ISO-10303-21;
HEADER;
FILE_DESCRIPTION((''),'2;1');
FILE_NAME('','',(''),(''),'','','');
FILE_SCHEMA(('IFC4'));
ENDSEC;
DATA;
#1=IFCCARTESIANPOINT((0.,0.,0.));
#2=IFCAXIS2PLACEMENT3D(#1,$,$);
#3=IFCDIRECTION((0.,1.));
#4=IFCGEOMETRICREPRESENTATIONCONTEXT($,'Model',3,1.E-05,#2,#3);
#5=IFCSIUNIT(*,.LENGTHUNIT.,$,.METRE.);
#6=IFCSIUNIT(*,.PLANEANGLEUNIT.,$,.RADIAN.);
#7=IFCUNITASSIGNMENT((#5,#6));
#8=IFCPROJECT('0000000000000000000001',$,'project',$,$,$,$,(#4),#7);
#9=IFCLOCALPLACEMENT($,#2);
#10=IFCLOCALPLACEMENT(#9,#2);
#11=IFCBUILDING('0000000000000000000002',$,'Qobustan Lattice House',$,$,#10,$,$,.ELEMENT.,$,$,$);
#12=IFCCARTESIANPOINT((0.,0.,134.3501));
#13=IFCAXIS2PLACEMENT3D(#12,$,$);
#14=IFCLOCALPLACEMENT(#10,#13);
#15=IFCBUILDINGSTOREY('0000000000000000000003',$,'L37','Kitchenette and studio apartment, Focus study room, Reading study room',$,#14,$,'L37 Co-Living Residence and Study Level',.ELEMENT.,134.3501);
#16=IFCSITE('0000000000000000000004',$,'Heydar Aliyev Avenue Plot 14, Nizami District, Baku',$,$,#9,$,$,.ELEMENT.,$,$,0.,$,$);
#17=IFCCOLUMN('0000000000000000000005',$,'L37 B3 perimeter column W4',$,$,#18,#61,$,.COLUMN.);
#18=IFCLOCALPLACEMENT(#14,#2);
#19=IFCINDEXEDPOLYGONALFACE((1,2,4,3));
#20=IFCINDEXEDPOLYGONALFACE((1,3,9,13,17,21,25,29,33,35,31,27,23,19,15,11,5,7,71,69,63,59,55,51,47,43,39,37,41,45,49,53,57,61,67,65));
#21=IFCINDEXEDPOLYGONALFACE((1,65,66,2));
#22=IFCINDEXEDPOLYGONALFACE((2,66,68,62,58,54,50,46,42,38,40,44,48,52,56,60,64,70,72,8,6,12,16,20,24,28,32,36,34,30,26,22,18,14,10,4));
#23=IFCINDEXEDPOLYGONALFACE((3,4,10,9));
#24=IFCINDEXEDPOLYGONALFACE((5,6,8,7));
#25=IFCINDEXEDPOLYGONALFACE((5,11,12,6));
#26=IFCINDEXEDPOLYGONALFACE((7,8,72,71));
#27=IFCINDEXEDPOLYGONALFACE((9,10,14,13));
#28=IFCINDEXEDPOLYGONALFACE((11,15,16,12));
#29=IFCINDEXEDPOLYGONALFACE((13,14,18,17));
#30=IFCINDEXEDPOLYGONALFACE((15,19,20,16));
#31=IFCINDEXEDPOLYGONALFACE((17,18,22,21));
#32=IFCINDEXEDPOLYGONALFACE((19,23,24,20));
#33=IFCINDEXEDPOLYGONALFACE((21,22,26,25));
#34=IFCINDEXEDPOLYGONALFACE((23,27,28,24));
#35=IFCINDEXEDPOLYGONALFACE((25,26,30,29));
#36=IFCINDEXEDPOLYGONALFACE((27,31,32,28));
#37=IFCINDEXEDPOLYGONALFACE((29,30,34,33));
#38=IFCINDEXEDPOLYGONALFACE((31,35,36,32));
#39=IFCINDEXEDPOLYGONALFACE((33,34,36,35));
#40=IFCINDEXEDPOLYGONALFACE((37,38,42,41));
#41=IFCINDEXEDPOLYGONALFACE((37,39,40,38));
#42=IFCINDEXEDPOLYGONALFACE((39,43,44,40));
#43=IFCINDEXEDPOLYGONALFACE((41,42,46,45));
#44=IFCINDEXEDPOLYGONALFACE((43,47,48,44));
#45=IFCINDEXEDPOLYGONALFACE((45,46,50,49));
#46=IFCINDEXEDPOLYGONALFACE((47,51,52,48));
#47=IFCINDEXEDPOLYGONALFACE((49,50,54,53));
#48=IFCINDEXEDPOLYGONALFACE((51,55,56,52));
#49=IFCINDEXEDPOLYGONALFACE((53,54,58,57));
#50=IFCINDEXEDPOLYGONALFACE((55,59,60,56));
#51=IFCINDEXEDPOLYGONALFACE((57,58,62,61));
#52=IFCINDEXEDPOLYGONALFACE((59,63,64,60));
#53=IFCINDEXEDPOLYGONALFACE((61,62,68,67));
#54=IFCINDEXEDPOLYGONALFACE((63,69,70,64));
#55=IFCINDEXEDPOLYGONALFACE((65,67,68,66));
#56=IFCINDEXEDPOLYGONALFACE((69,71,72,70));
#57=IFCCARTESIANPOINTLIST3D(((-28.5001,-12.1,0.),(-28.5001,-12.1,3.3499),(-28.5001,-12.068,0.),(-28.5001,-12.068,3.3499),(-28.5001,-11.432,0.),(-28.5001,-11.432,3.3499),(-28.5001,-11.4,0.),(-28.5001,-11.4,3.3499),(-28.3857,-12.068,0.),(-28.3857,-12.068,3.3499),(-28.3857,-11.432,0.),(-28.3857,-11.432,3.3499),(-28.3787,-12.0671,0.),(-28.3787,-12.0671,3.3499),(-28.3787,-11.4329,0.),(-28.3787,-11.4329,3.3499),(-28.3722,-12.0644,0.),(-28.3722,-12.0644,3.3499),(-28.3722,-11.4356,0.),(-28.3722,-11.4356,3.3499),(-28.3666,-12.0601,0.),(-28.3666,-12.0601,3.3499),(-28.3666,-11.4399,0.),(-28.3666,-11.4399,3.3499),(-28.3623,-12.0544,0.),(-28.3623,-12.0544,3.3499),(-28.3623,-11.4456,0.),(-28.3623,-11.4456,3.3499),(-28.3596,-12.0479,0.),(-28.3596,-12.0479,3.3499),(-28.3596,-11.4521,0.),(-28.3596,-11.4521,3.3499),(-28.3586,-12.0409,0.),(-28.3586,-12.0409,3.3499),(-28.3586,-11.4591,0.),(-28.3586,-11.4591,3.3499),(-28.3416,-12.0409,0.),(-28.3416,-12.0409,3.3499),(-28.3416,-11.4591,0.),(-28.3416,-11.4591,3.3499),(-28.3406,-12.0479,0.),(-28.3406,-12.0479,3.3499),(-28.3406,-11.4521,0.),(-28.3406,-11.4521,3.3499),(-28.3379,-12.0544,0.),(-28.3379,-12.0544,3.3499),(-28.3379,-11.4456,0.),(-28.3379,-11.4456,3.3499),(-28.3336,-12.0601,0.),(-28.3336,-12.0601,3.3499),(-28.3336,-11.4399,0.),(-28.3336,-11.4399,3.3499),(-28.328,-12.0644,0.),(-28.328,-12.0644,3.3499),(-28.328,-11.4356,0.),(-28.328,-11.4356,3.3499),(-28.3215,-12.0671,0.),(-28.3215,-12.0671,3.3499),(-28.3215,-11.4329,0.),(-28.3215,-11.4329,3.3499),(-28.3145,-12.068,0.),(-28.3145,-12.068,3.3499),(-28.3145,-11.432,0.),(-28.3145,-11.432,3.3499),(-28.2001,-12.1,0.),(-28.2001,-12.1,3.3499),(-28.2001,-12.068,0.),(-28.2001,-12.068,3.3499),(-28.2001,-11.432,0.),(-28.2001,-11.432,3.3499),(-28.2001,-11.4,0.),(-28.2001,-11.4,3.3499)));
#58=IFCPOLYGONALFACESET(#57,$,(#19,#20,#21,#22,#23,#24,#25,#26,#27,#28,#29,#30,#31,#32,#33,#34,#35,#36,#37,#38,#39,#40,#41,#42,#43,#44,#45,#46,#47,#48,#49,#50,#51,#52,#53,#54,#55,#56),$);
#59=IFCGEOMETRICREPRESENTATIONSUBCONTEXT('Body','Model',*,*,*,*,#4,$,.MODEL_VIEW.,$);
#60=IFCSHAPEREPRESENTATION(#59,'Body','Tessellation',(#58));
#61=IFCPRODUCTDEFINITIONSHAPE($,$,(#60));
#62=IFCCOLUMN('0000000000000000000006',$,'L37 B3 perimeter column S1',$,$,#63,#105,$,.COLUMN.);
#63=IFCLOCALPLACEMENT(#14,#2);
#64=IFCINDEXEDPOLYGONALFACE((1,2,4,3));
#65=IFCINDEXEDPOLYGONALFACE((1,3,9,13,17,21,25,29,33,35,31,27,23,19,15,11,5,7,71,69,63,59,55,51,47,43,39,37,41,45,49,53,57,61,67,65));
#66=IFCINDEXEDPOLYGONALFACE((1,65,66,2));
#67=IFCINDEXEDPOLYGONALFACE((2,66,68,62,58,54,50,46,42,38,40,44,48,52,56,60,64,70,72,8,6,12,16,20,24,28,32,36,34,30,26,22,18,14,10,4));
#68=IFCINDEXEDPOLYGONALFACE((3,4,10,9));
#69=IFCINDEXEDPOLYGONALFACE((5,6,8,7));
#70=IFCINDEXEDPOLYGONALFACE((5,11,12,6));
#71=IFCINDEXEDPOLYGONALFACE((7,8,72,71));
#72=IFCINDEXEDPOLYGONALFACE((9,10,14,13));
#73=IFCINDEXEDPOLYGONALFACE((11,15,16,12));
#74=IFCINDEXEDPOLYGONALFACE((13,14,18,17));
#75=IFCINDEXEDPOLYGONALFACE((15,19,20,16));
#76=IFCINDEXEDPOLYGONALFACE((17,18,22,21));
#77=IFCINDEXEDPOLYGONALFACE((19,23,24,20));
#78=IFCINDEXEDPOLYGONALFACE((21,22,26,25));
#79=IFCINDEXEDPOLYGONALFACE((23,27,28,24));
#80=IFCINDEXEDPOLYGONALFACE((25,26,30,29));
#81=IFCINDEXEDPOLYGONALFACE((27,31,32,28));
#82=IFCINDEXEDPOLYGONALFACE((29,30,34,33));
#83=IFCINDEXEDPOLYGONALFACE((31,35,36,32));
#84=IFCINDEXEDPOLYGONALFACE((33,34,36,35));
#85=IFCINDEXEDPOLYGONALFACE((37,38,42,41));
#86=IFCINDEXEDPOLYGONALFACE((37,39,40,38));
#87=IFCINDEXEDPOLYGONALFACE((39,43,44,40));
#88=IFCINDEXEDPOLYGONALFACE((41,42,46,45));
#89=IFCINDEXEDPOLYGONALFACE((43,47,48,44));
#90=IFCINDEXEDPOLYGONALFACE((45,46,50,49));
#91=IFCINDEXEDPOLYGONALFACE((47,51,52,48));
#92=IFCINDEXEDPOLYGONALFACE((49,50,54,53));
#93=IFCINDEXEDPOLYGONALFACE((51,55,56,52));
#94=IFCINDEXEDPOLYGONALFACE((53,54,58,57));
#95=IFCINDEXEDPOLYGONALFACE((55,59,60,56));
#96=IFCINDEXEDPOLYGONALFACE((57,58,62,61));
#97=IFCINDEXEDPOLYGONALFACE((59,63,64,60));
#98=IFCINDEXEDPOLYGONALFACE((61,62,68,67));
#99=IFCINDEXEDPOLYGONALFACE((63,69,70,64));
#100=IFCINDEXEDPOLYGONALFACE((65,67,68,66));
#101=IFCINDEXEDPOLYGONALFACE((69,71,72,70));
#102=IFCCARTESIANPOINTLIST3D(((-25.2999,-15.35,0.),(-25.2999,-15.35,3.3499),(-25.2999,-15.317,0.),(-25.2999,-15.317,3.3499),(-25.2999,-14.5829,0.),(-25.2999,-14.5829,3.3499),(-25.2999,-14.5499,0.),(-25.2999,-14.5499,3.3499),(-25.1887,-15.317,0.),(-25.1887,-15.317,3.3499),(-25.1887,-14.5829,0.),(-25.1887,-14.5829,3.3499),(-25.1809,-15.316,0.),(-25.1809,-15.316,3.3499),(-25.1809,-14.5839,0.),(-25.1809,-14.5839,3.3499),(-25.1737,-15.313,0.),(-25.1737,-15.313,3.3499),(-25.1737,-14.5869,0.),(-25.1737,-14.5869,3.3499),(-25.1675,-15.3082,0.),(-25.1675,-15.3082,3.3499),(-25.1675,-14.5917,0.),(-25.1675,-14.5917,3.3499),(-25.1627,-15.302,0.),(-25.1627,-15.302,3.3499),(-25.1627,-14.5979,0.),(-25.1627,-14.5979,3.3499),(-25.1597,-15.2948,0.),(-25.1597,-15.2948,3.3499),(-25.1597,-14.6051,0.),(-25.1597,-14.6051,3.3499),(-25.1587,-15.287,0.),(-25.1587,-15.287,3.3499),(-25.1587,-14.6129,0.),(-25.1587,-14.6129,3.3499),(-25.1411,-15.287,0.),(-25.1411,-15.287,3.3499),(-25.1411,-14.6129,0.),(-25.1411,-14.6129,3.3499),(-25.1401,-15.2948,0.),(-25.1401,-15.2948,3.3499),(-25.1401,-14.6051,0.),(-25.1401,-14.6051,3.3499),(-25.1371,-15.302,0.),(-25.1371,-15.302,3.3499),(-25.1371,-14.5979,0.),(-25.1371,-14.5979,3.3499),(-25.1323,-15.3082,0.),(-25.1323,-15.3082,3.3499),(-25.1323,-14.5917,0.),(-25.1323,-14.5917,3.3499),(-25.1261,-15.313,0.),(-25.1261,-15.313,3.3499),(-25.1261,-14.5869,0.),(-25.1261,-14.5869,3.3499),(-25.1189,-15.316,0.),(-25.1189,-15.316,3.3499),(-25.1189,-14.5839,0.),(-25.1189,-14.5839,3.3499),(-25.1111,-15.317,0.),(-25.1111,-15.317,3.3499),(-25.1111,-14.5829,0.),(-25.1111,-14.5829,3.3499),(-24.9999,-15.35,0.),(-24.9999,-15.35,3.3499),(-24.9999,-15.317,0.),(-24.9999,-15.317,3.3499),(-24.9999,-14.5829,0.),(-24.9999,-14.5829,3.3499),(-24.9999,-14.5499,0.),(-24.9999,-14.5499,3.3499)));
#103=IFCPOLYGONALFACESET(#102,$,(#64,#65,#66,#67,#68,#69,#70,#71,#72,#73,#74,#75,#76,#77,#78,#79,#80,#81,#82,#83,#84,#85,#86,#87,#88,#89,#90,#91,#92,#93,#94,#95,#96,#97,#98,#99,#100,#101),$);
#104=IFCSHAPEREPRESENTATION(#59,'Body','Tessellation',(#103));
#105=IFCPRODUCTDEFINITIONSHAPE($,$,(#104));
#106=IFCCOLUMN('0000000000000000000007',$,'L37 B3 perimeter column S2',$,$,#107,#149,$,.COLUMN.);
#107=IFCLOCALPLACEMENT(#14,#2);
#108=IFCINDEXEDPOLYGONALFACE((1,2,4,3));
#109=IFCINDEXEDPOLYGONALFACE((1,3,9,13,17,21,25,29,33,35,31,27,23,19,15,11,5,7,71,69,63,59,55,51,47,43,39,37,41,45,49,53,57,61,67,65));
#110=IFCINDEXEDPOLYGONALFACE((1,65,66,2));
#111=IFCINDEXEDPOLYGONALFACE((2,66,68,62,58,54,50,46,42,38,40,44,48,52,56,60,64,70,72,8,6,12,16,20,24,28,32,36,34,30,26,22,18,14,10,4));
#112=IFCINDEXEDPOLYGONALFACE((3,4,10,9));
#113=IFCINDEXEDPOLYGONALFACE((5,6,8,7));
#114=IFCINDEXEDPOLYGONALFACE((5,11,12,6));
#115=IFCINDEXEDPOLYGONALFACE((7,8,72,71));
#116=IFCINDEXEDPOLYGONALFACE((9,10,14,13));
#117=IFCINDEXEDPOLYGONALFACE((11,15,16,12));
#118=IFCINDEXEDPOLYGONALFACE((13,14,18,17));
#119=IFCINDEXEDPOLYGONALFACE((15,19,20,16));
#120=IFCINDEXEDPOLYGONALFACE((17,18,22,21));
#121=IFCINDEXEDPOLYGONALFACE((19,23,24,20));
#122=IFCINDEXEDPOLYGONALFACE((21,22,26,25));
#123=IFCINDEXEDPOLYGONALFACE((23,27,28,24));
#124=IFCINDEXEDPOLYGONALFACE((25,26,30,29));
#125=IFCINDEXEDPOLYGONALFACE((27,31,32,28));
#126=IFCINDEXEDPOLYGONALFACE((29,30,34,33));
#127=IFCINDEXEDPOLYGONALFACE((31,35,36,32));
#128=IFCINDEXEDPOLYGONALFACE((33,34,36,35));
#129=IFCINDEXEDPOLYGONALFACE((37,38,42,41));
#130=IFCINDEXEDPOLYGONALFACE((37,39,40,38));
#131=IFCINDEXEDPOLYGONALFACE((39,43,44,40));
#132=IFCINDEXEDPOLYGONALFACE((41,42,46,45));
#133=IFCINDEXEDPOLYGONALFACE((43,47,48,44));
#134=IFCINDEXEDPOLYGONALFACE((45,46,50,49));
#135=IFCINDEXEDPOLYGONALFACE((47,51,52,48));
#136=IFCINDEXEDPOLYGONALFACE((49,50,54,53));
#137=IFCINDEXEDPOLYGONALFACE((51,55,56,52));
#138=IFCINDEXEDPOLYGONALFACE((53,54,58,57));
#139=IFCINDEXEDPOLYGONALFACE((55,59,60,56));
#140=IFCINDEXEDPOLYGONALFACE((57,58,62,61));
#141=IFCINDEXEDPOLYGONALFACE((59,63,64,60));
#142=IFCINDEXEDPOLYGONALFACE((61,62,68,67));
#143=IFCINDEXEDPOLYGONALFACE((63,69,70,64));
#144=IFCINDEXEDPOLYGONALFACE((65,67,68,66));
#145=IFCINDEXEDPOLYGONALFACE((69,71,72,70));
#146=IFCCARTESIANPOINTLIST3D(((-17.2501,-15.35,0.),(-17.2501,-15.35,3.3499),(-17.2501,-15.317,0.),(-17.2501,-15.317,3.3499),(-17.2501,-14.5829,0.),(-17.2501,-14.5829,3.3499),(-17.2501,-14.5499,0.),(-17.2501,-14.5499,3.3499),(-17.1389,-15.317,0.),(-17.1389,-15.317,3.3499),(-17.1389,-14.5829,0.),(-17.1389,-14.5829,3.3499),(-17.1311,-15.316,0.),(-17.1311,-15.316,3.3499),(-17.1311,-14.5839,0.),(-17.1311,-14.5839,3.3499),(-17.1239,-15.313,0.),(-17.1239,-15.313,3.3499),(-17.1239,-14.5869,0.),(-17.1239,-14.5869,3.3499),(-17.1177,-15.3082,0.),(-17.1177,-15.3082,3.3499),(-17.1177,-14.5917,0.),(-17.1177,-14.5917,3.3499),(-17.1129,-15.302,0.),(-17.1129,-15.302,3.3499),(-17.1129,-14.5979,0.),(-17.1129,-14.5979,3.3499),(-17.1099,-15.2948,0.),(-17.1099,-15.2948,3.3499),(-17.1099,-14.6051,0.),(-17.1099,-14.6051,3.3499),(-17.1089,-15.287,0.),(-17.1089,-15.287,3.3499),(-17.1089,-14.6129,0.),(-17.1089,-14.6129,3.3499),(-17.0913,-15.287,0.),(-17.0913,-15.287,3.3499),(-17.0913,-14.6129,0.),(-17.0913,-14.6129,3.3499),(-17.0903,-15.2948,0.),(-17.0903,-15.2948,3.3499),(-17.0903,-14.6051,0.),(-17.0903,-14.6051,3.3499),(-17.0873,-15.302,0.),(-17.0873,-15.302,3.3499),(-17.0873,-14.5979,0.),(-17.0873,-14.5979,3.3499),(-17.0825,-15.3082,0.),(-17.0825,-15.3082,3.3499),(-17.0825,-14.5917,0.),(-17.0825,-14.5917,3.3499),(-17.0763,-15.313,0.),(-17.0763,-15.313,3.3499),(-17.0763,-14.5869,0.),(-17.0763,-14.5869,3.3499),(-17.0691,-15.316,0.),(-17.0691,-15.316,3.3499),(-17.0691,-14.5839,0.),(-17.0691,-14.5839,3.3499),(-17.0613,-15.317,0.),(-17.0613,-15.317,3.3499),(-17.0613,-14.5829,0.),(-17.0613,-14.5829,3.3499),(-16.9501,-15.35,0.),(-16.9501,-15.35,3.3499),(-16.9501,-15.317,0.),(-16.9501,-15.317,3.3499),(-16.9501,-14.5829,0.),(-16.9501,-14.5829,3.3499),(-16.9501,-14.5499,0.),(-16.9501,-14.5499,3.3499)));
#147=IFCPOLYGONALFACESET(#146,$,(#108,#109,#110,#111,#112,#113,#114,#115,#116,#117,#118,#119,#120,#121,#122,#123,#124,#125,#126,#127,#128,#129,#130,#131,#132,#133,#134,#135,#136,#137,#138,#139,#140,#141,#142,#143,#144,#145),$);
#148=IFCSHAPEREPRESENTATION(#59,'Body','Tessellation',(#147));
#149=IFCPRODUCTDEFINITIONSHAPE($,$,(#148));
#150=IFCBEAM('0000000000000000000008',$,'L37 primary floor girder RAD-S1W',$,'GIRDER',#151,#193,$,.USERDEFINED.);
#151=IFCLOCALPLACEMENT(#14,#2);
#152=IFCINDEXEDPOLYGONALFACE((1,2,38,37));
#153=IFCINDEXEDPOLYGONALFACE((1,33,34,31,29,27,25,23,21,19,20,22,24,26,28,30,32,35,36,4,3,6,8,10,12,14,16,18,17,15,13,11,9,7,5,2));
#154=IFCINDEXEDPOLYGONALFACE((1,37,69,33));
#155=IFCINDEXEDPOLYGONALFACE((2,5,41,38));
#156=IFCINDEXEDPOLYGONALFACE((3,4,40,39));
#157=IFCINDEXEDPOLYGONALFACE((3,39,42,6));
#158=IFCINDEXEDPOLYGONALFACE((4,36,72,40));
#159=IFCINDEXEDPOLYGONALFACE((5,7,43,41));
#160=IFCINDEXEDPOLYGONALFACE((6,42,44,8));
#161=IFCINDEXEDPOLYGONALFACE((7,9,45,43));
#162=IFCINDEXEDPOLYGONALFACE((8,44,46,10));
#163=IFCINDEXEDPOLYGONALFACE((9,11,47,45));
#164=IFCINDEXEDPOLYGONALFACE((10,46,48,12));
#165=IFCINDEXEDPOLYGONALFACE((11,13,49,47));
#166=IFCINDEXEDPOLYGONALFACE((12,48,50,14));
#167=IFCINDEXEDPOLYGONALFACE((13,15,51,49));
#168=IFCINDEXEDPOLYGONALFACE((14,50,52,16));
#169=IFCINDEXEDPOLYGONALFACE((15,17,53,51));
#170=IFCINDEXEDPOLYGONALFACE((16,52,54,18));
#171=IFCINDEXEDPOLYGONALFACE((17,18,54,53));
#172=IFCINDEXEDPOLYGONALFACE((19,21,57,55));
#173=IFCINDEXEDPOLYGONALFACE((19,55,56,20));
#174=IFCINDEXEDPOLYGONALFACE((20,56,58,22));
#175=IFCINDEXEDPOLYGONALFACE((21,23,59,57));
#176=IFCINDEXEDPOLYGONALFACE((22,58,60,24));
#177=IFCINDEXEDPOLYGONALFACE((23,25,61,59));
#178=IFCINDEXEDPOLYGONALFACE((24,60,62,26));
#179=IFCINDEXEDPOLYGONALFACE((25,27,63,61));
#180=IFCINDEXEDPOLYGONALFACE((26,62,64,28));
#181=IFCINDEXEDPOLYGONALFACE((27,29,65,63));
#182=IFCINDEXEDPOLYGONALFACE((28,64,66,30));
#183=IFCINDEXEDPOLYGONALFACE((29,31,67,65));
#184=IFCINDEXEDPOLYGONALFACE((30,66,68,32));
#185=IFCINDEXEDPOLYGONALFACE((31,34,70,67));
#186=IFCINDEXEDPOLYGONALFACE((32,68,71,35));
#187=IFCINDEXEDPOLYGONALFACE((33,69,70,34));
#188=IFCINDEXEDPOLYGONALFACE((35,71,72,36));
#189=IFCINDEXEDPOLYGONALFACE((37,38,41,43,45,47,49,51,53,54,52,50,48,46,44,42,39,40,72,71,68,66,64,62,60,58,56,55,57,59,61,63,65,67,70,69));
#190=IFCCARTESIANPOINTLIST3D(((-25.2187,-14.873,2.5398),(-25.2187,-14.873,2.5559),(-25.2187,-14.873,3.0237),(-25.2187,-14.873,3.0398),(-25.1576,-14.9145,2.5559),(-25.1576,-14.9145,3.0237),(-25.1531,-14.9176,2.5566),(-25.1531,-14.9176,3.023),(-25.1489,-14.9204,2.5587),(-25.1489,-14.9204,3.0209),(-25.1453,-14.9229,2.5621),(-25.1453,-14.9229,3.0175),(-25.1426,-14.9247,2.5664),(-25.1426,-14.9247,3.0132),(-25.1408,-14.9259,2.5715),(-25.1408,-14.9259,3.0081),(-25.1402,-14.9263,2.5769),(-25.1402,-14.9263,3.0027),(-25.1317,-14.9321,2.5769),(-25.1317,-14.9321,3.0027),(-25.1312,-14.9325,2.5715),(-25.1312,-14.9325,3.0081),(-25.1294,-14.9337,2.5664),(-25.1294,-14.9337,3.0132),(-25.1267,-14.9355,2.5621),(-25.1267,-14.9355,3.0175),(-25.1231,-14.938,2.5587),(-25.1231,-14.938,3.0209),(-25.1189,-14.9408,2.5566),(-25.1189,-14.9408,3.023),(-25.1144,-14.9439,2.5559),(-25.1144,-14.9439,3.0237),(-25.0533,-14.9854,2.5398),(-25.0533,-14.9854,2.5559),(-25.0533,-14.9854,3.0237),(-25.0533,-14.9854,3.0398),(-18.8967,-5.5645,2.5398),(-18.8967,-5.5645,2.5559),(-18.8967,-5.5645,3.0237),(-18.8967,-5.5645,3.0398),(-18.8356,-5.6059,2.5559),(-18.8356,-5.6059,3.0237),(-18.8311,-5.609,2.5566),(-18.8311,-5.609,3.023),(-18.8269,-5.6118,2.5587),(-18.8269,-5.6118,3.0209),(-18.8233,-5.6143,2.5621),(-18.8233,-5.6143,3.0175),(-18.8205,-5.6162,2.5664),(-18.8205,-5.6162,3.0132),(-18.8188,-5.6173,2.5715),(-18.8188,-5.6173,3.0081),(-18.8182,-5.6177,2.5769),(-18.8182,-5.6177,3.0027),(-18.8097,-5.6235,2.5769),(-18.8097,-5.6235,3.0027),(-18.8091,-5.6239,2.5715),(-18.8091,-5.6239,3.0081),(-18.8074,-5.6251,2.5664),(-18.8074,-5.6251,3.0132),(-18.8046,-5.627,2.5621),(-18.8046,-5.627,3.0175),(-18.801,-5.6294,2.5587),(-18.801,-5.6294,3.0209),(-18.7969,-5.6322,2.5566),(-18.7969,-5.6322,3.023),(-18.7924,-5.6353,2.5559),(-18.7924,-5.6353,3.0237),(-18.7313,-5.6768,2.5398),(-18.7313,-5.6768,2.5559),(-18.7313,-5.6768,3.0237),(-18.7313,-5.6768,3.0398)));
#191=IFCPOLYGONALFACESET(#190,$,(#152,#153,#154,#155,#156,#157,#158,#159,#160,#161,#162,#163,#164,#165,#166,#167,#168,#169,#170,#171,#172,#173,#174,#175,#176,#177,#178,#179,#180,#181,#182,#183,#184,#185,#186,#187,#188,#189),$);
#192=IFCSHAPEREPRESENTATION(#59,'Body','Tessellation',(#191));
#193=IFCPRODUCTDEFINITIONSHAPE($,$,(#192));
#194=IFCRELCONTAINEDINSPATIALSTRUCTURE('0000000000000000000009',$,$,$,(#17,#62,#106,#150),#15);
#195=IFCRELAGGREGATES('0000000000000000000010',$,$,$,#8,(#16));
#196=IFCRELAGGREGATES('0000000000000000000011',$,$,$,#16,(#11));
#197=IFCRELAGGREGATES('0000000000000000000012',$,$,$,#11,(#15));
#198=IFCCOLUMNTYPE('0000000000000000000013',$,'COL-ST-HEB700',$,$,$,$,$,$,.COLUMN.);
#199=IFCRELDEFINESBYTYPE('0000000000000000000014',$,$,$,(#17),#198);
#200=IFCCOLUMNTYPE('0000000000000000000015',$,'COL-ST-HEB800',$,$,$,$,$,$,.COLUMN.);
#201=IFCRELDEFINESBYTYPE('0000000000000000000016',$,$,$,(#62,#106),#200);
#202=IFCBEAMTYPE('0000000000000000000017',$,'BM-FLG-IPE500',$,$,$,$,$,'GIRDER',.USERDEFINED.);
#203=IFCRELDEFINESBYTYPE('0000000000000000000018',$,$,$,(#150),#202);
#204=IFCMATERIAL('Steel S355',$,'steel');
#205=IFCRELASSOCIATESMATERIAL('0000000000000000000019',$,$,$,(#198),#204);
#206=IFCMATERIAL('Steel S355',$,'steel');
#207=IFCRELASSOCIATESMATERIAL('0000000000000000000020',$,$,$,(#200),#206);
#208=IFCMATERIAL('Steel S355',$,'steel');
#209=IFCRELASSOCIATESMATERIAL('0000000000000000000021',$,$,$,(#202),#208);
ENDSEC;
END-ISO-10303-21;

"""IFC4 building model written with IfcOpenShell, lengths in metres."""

from ifc_helpers import new_model, si_unit, direction, frame, origin, origin_2d, place, context, subcontext, project, spatial, i_section, extrude, material, material_profile, profile_set, type_object, element, save


model = new_model("IFC4")

# Units and contexts
model_context = context("Model", 3, precision=1e-05, world=origin(), true_north=direction((0.0, 1.0)))
body_context = subcontext(model_context, "Body", "Model", "MODEL_VIEW")
ifc_project = project(units=[si_unit("LENGTHUNIT", "METRE"), si_unit("PLANEANGLEUNIT", "RADIAN")], contexts=[model_context])

# Site, building, storey
site_placement = place(None, origin())
site = spatial("IfcSite", under=ifc_project, at=site_placement, Name="Heydar Aliyev Avenue Plot 14, Nizami District, Baku", CompositionType="ELEMENT", RefElevation=0.0)
building_placement = place(site_placement, origin())
building = spatial("IfcBuilding", under=site, at=building_placement, Name="Qobustan Lattice House", CompositionType="ELEMENT")
storey_placement = place(building_placement, frame((0.0, 0.0, 134.3501)))
storey = spatial("IfcBuildingStorey", under=building, at=storey_placement, Name="L37", Description="Kitchenette and studio apartment, Focus study room, Reading study room", LongName="L37 Co-Living Residence and Study Level", CompositionType="ELEMENT", Elevation=134.3501)

# Columns
ifc_material_1 = material(Name="Steel S355", Category="steel")
ifc_material_profile_1 = material_profile(ifc_material_1, i_section(OverallWidth=0.3, OverallDepth=0.7, WebThickness=0.0171, FlangeThickness=0.032, FilletRadius=0.0271, at=origin_2d()), Name="HEB700")
ifc_profile_set_1 = profile_set([ifc_material_profile_1], Name="Steel S355")
column_type_1 = type_object("IfcColumnType", Name="COL-ST-HEB700", PredefinedType="COLUMN", material=ifc_profile_set_1)
column_placement = place(storey_placement, frame((-28.3501, -11.75, 0.0), z_axis=(0.0, 0.0, 1.0), x_axis=(1.0, 0.0, 0.0)))
element("IfcColumn", 1, at=column_placement, inside=storey, type_object=column_type_1, Name="L37 B3 perimeter column W4", PredefinedType="COLUMN", context=body_context, shape_type="SweptSolid", body=[
    extrude(i_section(OverallWidth=0.3, OverallDepth=0.7, WebThickness=0.0171, FlangeThickness=0.032, FilletRadius=0.0271, at=origin_2d()), origin(), (0.0, 0.0, 1.0), 3.3499),
])
ifc_material_2 = material(Name="Steel S355", Category="steel")
ifc_material_profile_2 = material_profile(ifc_material_2, i_section(OverallWidth=0.3, OverallDepth=0.8, WebThickness=0.0176, FlangeThickness=0.033, FilletRadius=0.03, at=origin_2d()), Name="HEB800")
ifc_profile_set_2 = profile_set([ifc_material_profile_2], Name="Steel S355")
column_type_2 = type_object("IfcColumnType", Name="COL-ST-HEB800", PredefinedType="COLUMN", material=ifc_profile_set_2)
for number, where, z_axis, x_axis, name in (
    (2, (-25.1499, -14.95, 0.0), (0.0, 0.0, 1.0), (1.0, 0.0, 0.0), "L37 B3 perimeter column S1"),
    (3, (-17.1001, -14.95, 0.0), (0.0, 0.0, 1.0), (1.0, 0.0, 0.0), "L37 B3 perimeter column S2"),
):
    element("IfcColumn", number, at=place(storey_placement, frame(where, z_axis=z_axis, x_axis=x_axis)), inside=storey, type_object=column_type_2, Name=name, PredefinedType="COLUMN", context=body_context, shape_type="SweptSolid", body=[
        extrude(i_section(OverallWidth=0.3, OverallDepth=0.8, WebThickness=0.0176, FlangeThickness=0.033, FilletRadius=0.03, at=origin_2d()), origin(), (0.0, 0.0, 1.0), 3.3499),
    ])

# Beam
ifc_material_3 = material(Name="Steel S355", Category="steel")
ifc_material_profile_3 = material_profile(ifc_material_3, i_section(OverallWidth=0.2, OverallDepth=0.5, WebThickness=0.0103, FlangeThickness=0.0161, FilletRadius=0.021, at=origin_2d()), Name="IPE500")
ifc_profile_set_3 = profile_set([ifc_material_profile_3], Name="Steel S355")
beam_type_1 = type_object("IfcBeamType", Name="BM-FLG-IPE500", ElementType="GIRDER", PredefinedType="USERDEFINED", material=ifc_profile_set_3)
beam_1_placement = place(storey_placement, frame((-25.136, -14.9292, 2.7898), z_axis=(0.561835, 0.82725, 0.0), x_axis=(-0.82725, 0.561835, 0.0)))
element("IfcBeam", 4, at=beam_1_placement, inside=storey, type_object=beam_type_1, Name="L37 primary floor girder RAD-S1W", ObjectType="GIRDER", PredefinedType="USERDEFINED", context=body_context, shape_type="SweptSolid", body=[
    extrude(i_section(OverallWidth=0.2, OverallDepth=0.5, WebThickness=0.0103, FlangeThickness=0.0161, FilletRadius=0.021, at=origin_2d()), origin(), (0.0, 0.0, 1.0), 11.2524),
])

save(model, "model.ifc")
